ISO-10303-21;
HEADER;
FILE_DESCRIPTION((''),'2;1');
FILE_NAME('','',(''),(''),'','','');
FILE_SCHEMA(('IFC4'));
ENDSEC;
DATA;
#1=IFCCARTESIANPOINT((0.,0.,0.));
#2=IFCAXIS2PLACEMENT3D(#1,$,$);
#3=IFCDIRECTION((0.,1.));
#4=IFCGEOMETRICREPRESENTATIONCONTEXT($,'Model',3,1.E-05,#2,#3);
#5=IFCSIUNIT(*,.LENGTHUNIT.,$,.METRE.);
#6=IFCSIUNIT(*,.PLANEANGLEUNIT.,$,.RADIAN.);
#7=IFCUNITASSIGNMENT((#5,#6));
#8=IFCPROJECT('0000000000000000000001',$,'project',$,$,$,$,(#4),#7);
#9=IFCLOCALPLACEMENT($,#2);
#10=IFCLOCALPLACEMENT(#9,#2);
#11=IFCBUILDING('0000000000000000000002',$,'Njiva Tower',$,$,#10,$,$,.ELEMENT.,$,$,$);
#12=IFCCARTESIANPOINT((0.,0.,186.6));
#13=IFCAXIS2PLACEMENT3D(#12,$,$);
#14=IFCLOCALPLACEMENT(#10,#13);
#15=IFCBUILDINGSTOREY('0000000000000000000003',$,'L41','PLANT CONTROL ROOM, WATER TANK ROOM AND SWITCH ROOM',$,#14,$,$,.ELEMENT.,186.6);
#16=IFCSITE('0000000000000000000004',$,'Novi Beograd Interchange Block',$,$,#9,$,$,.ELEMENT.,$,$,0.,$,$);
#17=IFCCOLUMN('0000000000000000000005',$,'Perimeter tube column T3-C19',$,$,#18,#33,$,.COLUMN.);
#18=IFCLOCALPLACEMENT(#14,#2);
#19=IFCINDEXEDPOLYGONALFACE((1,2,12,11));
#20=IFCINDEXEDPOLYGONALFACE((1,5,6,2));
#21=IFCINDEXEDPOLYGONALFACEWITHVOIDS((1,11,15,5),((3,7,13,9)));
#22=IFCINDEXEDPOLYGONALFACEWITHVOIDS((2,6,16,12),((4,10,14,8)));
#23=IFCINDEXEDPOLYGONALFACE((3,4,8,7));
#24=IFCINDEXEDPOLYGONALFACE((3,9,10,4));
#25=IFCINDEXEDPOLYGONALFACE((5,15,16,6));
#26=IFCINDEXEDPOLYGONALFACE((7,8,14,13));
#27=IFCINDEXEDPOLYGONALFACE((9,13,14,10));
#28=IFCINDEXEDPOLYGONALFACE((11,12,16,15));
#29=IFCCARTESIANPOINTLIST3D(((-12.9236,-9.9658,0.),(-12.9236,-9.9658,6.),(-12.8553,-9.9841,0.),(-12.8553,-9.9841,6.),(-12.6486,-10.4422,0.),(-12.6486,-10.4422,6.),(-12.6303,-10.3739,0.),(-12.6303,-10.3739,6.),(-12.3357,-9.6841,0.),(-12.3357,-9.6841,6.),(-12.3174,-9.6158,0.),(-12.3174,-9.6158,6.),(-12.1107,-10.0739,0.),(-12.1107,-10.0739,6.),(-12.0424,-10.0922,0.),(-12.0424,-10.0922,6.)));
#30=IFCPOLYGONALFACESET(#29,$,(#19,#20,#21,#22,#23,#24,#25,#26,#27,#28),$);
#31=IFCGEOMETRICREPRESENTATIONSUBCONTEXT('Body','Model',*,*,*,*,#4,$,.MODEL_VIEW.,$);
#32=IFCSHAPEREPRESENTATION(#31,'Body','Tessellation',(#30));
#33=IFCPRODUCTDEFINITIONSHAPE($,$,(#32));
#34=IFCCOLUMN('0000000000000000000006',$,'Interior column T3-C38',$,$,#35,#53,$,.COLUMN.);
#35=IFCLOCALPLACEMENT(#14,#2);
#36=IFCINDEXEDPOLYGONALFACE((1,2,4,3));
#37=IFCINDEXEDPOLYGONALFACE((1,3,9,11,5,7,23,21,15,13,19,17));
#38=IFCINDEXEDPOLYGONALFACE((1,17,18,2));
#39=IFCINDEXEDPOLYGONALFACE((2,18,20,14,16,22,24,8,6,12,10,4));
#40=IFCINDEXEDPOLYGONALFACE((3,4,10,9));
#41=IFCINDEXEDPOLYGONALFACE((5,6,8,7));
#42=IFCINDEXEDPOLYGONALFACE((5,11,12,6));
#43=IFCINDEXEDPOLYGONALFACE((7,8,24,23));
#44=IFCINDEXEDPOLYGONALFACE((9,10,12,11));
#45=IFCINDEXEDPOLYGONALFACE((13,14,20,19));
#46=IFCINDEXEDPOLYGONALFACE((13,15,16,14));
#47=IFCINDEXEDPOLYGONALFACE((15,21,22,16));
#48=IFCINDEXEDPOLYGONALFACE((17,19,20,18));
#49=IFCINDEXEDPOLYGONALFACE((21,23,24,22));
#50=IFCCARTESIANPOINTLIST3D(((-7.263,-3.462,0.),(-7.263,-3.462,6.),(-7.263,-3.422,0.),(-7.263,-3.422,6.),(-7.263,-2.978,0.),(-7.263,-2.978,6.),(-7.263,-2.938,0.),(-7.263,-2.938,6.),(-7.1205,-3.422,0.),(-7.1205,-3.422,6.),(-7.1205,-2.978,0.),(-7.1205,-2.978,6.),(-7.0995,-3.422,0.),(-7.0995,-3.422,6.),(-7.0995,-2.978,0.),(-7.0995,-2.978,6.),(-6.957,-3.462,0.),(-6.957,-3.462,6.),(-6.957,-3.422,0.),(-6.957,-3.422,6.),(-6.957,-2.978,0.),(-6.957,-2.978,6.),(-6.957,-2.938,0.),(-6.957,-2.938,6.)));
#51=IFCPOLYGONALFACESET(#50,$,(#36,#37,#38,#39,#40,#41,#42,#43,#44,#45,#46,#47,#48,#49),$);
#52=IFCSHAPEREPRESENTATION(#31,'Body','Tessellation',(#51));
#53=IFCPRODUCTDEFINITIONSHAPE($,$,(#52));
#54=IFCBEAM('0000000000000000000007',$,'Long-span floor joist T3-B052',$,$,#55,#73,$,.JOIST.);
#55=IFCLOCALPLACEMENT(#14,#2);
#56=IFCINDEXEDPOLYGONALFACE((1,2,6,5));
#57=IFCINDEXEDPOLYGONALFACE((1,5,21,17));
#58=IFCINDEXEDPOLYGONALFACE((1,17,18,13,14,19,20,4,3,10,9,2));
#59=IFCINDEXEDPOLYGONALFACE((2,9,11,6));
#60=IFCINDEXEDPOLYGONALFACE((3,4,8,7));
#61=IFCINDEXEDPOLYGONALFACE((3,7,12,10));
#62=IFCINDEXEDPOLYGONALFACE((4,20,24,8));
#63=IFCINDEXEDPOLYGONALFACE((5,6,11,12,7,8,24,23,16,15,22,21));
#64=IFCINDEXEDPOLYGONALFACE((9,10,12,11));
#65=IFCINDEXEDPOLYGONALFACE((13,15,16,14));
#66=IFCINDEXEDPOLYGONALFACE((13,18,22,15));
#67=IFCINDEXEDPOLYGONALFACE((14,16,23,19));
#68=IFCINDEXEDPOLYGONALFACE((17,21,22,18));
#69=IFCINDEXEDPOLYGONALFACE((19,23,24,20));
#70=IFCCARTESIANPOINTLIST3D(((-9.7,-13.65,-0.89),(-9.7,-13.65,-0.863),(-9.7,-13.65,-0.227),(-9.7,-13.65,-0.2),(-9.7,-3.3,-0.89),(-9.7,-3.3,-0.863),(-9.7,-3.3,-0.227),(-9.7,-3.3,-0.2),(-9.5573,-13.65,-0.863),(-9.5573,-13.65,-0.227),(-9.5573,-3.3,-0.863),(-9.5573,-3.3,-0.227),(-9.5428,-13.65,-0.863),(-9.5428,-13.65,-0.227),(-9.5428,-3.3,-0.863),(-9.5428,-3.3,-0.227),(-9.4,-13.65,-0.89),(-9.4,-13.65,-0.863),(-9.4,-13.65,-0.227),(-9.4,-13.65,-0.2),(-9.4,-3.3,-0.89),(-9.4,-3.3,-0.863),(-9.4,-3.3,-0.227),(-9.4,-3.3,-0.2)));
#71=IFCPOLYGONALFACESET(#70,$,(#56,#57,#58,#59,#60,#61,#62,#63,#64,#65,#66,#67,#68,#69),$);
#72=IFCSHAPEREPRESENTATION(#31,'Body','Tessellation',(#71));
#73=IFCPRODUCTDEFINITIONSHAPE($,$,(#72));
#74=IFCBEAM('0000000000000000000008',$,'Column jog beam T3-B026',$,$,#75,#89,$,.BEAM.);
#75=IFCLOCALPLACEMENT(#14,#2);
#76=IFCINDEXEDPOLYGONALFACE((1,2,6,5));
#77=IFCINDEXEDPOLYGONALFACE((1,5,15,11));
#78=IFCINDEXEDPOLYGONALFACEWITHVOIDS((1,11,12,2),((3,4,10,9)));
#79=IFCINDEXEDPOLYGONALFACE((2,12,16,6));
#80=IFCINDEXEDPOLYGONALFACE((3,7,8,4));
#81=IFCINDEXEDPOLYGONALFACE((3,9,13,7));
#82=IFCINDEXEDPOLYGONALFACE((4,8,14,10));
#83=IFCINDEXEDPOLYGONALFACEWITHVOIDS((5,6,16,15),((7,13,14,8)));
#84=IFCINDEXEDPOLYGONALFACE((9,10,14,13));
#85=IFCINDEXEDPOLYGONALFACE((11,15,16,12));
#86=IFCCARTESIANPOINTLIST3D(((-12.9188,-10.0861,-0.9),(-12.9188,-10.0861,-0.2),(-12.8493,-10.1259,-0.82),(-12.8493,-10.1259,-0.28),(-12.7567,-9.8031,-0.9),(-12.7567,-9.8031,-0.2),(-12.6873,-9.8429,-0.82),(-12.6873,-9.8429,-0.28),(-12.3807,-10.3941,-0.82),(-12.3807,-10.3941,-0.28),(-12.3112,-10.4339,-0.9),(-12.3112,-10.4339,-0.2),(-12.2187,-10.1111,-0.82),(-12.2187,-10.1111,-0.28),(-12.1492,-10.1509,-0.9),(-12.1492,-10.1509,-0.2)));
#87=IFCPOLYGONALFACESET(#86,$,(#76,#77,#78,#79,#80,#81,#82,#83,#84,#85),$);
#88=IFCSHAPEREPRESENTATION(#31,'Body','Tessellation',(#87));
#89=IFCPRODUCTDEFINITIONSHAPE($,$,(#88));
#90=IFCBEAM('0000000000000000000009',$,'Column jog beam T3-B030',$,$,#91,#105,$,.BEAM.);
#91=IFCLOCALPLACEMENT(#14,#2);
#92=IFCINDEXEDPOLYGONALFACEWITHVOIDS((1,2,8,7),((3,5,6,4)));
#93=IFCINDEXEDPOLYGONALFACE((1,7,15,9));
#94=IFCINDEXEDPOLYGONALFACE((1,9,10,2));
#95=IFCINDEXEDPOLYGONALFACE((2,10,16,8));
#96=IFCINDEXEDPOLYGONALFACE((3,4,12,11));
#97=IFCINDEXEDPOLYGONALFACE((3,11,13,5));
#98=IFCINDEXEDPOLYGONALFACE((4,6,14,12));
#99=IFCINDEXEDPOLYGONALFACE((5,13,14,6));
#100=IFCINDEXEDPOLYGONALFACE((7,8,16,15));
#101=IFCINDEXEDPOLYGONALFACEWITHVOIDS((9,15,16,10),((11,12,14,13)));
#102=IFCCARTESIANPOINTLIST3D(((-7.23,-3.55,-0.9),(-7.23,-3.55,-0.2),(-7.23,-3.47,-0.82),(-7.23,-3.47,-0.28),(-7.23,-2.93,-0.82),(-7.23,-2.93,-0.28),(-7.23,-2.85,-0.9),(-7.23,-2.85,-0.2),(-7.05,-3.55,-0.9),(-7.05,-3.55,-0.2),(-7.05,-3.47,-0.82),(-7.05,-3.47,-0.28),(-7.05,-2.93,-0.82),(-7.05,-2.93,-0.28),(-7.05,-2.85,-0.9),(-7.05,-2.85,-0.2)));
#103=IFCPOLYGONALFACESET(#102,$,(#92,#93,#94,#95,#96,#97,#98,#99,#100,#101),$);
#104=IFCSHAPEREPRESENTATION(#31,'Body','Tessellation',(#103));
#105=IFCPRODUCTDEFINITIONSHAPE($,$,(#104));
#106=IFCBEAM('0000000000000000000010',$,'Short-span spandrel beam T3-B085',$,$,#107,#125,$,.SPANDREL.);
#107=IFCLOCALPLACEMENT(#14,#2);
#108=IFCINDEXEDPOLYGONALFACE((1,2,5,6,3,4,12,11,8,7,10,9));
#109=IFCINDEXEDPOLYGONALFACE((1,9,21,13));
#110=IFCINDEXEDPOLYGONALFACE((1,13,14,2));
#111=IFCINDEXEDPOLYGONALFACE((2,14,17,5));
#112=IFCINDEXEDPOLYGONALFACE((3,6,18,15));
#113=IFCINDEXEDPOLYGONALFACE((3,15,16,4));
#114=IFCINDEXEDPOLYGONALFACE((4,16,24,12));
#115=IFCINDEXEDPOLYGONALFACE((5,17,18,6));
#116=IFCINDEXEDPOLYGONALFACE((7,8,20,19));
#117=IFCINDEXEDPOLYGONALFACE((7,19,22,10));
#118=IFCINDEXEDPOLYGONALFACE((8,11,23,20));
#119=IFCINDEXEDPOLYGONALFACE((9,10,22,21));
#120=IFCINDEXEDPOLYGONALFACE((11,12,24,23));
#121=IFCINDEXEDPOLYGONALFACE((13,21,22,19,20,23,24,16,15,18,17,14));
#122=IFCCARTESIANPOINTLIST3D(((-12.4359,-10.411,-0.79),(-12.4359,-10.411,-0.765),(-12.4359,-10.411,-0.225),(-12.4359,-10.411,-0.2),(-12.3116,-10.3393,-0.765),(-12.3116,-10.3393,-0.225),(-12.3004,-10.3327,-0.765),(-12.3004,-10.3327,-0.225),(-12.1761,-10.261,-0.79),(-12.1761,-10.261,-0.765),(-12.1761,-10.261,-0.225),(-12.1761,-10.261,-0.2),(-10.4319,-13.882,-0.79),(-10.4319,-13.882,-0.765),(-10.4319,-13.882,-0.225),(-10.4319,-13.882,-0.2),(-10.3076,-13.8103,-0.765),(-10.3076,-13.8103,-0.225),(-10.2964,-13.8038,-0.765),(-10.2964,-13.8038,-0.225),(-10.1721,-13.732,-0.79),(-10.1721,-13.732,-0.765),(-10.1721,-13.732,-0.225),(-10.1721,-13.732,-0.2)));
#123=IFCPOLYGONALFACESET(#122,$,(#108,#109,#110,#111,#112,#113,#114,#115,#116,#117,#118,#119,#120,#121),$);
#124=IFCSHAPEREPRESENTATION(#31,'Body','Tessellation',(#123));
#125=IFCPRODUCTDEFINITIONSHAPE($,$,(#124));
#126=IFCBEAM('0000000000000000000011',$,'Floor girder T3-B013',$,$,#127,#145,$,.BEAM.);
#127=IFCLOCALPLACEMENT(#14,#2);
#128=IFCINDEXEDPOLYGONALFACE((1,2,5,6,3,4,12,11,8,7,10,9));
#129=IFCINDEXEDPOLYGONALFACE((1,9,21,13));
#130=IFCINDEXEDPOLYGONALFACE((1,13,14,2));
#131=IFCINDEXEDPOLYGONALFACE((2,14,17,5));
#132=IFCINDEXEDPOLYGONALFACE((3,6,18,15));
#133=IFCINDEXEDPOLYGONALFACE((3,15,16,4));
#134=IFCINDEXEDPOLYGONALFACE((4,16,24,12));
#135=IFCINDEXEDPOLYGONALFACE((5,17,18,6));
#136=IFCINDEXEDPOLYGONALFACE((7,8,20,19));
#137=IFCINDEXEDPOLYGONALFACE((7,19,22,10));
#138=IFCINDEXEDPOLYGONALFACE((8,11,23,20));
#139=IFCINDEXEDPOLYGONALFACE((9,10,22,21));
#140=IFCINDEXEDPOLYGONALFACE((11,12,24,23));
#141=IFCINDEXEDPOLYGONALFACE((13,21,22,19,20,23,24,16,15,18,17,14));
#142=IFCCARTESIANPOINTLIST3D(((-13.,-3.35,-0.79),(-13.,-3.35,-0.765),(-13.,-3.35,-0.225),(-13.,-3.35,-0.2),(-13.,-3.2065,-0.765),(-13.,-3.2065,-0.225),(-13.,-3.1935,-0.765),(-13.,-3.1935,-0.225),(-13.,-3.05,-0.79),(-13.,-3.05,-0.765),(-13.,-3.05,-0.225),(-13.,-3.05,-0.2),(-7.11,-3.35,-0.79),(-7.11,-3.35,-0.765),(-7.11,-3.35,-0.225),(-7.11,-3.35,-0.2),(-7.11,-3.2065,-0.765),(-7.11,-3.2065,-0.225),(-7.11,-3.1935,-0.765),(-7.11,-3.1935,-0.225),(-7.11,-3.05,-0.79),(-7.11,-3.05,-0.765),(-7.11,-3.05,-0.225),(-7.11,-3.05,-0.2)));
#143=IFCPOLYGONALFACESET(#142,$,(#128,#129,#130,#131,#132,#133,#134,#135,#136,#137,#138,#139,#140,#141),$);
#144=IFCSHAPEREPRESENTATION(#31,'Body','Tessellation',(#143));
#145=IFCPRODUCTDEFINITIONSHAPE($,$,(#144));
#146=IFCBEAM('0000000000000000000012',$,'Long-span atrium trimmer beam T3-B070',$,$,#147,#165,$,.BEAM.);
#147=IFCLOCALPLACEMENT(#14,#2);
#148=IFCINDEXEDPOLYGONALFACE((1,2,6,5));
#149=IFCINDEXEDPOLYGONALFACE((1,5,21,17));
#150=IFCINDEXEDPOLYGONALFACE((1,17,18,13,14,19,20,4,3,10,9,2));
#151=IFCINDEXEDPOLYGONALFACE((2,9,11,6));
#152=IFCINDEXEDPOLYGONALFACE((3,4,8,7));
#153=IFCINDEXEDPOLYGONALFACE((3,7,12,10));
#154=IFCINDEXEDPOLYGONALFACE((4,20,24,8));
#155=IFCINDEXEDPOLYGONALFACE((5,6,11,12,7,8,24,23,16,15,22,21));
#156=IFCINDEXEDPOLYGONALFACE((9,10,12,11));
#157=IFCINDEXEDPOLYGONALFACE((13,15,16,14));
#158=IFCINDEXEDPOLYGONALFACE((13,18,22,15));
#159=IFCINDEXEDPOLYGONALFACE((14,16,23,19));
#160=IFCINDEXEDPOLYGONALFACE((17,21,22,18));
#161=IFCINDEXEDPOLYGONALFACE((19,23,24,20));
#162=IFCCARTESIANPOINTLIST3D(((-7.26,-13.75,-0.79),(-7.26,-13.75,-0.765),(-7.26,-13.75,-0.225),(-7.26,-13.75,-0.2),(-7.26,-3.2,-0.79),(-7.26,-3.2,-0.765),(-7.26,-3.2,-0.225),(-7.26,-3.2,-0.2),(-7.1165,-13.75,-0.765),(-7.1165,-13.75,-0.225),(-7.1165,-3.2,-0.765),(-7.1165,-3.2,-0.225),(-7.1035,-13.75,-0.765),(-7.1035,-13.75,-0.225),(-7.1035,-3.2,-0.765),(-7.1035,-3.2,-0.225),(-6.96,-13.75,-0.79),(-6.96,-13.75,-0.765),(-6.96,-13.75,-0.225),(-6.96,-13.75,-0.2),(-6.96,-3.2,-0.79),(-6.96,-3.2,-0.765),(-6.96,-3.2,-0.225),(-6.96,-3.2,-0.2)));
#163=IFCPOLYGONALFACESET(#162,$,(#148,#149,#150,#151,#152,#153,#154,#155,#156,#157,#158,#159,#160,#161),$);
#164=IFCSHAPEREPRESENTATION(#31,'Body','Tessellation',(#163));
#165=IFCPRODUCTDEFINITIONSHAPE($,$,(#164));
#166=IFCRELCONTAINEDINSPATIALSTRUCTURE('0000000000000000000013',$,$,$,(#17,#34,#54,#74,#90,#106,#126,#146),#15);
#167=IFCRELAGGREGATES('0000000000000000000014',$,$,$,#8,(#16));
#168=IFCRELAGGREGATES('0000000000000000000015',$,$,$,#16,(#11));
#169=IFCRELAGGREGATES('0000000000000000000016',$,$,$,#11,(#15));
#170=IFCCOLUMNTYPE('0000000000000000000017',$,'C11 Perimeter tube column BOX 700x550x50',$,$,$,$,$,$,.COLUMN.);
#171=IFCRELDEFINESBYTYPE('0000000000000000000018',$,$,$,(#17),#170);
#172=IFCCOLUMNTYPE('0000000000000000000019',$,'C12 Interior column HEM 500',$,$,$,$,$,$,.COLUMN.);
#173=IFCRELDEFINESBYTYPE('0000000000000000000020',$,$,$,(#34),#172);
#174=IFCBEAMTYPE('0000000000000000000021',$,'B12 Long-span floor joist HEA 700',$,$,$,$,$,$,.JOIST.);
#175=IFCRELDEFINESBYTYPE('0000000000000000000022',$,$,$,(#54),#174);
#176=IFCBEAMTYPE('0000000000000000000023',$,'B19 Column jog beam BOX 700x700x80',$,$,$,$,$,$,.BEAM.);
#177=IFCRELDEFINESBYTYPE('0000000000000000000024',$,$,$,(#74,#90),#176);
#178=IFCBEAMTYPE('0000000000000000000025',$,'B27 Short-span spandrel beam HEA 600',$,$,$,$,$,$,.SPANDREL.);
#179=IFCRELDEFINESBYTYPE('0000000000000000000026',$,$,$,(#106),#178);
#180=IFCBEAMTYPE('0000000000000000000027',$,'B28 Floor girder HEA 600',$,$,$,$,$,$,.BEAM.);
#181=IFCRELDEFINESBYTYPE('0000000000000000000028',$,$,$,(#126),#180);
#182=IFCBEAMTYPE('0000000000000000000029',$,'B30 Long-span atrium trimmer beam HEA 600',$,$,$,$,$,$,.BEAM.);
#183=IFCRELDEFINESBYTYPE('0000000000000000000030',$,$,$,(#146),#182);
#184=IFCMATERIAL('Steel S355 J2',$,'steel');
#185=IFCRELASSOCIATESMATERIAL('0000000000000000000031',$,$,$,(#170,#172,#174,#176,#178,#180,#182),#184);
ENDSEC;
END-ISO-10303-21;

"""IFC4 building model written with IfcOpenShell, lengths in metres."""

from ifc_helpers import new_model, si_unit, direction, frame, origin, origin_2d, place, context, subcontext, project, spatial, hollow_rectangle, i_section, extrude, material, material_profile, profile_set, type_object, element, save


model = new_model("IFC4")

# Units and contexts
model_context = context("Model", 3, precision=1e-05, world=origin(), true_north=direction((0.0, 1.0)))
body_context = subcontext(model_context, "Body", "Model", "MODEL_VIEW")
ifc_project = project(units=[si_unit("LENGTHUNIT", "METRE"), si_unit("PLANEANGLEUNIT", "RADIAN")], contexts=[model_context])

# Site, building, storey
site_placement = place(None, origin())
site = spatial("IfcSite", under=ifc_project, at=site_placement, Name="Novi Beograd Interchange Block", CompositionType="ELEMENT", RefElevation=0.0)
building_placement = place(site_placement, origin())
building = spatial("IfcBuilding", under=site, at=building_placement, Name="Njiva Tower", CompositionType="ELEMENT")
storey_placement = place(building_placement, frame((0.0, 0.0, 186.6)))
storey = spatial("IfcBuildingStorey", under=building, at=storey_placement, Name="L41", Description="PLANT CONTROL ROOM, WATER TANK ROOM AND SWITCH ROOM", CompositionType="ELEMENT", Elevation=186.6)

# Columns
ifc_material_1 = material(Name="Steel S355 J2", Category="steel")
ifc_material_profile_1 = material_profile(ifc_material_1, hollow_rectangle(XDim=0.55, YDim=0.7, WallThickness=0.05, at=origin_2d()), Name="BOX 700x550x50")
ifc_profile_set_1 = profile_set([ifc_material_profile_1], Name="Steel S355 J2")
column_type_1 = type_object("IfcColumnType", Name="C11 Perimeter tube column BOX 700x550x50", PredefinedType="COLUMN", material=ifc_profile_set_1)
column_1_placement = place(storey_placement, frame((-12.483, -10.029, 0.0), z_axis=(0.0, 0.0, 1.0), x_axis=(0.5, -0.866025, 0.0)))
element("IfcColumn", 1, at=column_1_placement, inside=storey, type_object=column_type_1, Name="Perimeter tube column T3-C19", PredefinedType="COLUMN", context=body_context, shape_type="SweptSolid", body=[
    extrude(hollow_rectangle(XDim=0.55, YDim=0.7, WallThickness=0.05, at=origin_2d()), origin(), (0.0, 0.0, 1.0), 6.0),
])
ifc_material_profile_2 = material_profile(ifc_material_1, i_section(OverallWidth=0.306, OverallDepth=0.524, WebThickness=0.021, FlangeThickness=0.04, at=origin_2d()), Name="HEM 500")
ifc_profile_set_2 = profile_set([ifc_material_profile_2], Name="Steel S355 J2")
column_type_2 = type_object("IfcColumnType", Name="C12 Interior column HEM 500", PredefinedType="COLUMN", material=ifc_profile_set_2)
column_2_placement = place(storey_placement, frame((-7.11, -3.2, 0.0), z_axis=(0.0, 0.0, 1.0), x_axis=(1.0, 0.0, 0.0)))
element("IfcColumn", 2, at=column_2_placement, inside=storey, type_object=column_type_2, Name="Interior column T3-C38", PredefinedType="COLUMN", context=body_context, shape_type="SweptSolid", body=[
    extrude(i_section(OverallWidth=0.306, OverallDepth=0.524, WebThickness=0.021, FlangeThickness=0.04, at=origin_2d()), origin(), (0.0, 0.0, 1.0), 6.0),
])

# Beams
ifc_material_profile_3 = material_profile(ifc_material_1, i_section(OverallWidth=0.3, OverallDepth=0.69, WebThickness=0.0145, FlangeThickness=0.027, at=origin_2d()), Name="HEA 700")
ifc_profile_set_3 = profile_set([ifc_material_profile_3], Name="Steel S355 J2")
beam_type_1 = type_object("IfcBeamType", Name="B12 Long-span floor joist HEA 700", PredefinedType="JOIST", material=ifc_profile_set_3)
beam_1_placement = place(storey_placement, frame((-9.55, -3.3, -0.545), z_axis=(0.0, -1.0, 0.0), x_axis=(1.0, 0.0, 0.0)))
element("IfcBeam", 3, at=beam_1_placement, inside=storey, type_object=beam_type_1, Name="Long-span floor joist T3-B052", PredefinedType="JOIST", context=body_context, shape_type="SweptSolid", body=[
    extrude(i_section(OverallWidth=0.3, OverallDepth=0.69, WebThickness=0.0145, FlangeThickness=0.027, at=origin_2d()), origin(), (0.0, 0.0, 1.0), 10.35),
])
ifc_material_profile_4 = material_profile(ifc_material_1, hollow_rectangle(XDim=0.7, YDim=0.7, WallThickness=0.08, at=origin_2d()), Name="BOX 700x700x80")
ifc_profile_set_4 = profile_set([ifc_material_profile_4], Name="Steel S355 J2")
beam_type_2 = type_object("IfcBeamType", Name="B19 Column jog beam BOX 700x700x80", PredefinedType="BEAM", material=ifc_profile_set_4)
beam_2_placement = place(storey_placement, frame((-12.615, -10.26, -0.55), z_axis=(0.496799, 0.867865, 0.0), x_axis=(-0.867865, 0.496799, 0.0)))
element("IfcBeam", 4, at=beam_2_placement, inside=storey, type_object=beam_type_2, Name="Column jog beam T3-B026", PredefinedType="BEAM", context=body_context, shape_type="SweptSolid", body=[
    extrude(hollow_rectangle(XDim=0.7, YDim=0.7, WallThickness=0.08, at=origin_2d()), origin(), (0.0, 0.0, 1.0), 0.3261),
])
beam_3_placement = place(storey_placement, frame((-7.23, -3.2, -0.55), z_axis=(1.0, 0.0, 0.0), x_axis=(0.0, 1.0, 0.0)))
element("IfcBeam", 5, at=beam_3_placement, inside=storey, type_object=beam_type_2, Name="Column jog beam T3-B030", PredefinedType="BEAM", context=body_context, shape_type="SweptSolid", body=[
    extrude(hollow_rectangle(XDim=0.7, YDim=0.7, WallThickness=0.08, at=origin_2d()), origin(), (0.0, 0.0, 1.0), 0.18),
])
ifc_material_profile_5 = material_profile(ifc_material_1, i_section(OverallWidth=0.3, OverallDepth=0.59, WebThickness=0.013, FlangeThickness=0.025, at=origin_2d()), Name="HEA 600")
ifc_profile_set_5 = profile_set([ifc_material_profile_5], Name="Steel S355 J2")
beam_type_3 = type_object("IfcBeamType", Name="B27 Short-span spandrel beam HEA 600", PredefinedType="SPANDREL", material=ifc_profile_set_5)
beam_4_placement = place(storey_placement, frame((-12.306, -10.336, -0.495), z_axis=(0.500003, -0.866024, 0.0), x_axis=(0.866024, 0.500003, 0.0)))
element("IfcBeam", 6, at=beam_4_placement, inside=storey, type_object=beam_type_3, Name="Short-span spandrel beam T3-B085", PredefinedType="SPANDREL", context=body_context, shape_type="SweptSolid", body=[
    extrude(i_section(OverallWidth=0.3, OverallDepth=0.59, WebThickness=0.013, FlangeThickness=0.025, at=origin_2d()), origin(), (0.0, 0.0, 1.0), 4.008),
])
ifc_material_profile_6 = material_profile(ifc_material_1, i_section(OverallWidth=0.3, OverallDepth=0.59, WebThickness=0.013, FlangeThickness=0.025, at=origin_2d()), Name="HEA 600")
ifc_profile_set_6 = profile_set([ifc_material_profile_6], Name="Steel S355 J2")
beam_type_4 = type_object("IfcBeamType", Name="B28 Floor girder HEA 600", PredefinedType="BEAM", material=ifc_profile_set_6)
beam_5_placement = place(storey_placement, frame((-13.0, -3.2, -0.495), z_axis=(1.0, 0.0, 0.0), x_axis=(0.0, 1.0, 0.0)))
element("IfcBeam", 7, at=beam_5_placement, inside=storey, type_object=beam_type_4, Name="Floor girder T3-B013", PredefinedType="BEAM", context=body_context, shape_type="SweptSolid", body=[
    extrude(i_section(OverallWidth=0.3, OverallDepth=0.59, WebThickness=0.013, FlangeThickness=0.025, at=origin_2d()), origin(), (0.0, 0.0, 1.0), 5.89),
])
ifc_material_profile_7 = material_profile(ifc_material_1, i_section(OverallWidth=0.3, OverallDepth=0.59, WebThickness=0.013, FlangeThickness=0.025, at=origin_2d()), Name="HEA 600")
ifc_profile_set_7 = profile_set([ifc_material_profile_7], Name="Steel S355 J2")
beam_type_5 = type_object("IfcBeamType", Name="B30 Long-span atrium trimmer beam HEA 600", PredefinedType="BEAM", material=ifc_profile_set_7)
beam_6_placement = place(storey_placement, frame((-7.11, -3.2, -0.495), z_axis=(0.0, -1.0, 0.0), x_axis=(1.0, 0.0, 0.0)))
element("IfcBeam", 8, at=beam_6_placement, inside=storey, type_object=beam_type_5, Name="Long-span atrium trimmer beam T3-B070", PredefinedType="BEAM", context=body_context, shape_type="SweptSolid", body=[
    extrude(i_section(OverallWidth=0.3, OverallDepth=0.59, WebThickness=0.013, FlangeThickness=0.025, at=origin_2d()), origin(), (0.0, 0.0, 1.0), 10.55),
])

save(model, "model.ifc")
